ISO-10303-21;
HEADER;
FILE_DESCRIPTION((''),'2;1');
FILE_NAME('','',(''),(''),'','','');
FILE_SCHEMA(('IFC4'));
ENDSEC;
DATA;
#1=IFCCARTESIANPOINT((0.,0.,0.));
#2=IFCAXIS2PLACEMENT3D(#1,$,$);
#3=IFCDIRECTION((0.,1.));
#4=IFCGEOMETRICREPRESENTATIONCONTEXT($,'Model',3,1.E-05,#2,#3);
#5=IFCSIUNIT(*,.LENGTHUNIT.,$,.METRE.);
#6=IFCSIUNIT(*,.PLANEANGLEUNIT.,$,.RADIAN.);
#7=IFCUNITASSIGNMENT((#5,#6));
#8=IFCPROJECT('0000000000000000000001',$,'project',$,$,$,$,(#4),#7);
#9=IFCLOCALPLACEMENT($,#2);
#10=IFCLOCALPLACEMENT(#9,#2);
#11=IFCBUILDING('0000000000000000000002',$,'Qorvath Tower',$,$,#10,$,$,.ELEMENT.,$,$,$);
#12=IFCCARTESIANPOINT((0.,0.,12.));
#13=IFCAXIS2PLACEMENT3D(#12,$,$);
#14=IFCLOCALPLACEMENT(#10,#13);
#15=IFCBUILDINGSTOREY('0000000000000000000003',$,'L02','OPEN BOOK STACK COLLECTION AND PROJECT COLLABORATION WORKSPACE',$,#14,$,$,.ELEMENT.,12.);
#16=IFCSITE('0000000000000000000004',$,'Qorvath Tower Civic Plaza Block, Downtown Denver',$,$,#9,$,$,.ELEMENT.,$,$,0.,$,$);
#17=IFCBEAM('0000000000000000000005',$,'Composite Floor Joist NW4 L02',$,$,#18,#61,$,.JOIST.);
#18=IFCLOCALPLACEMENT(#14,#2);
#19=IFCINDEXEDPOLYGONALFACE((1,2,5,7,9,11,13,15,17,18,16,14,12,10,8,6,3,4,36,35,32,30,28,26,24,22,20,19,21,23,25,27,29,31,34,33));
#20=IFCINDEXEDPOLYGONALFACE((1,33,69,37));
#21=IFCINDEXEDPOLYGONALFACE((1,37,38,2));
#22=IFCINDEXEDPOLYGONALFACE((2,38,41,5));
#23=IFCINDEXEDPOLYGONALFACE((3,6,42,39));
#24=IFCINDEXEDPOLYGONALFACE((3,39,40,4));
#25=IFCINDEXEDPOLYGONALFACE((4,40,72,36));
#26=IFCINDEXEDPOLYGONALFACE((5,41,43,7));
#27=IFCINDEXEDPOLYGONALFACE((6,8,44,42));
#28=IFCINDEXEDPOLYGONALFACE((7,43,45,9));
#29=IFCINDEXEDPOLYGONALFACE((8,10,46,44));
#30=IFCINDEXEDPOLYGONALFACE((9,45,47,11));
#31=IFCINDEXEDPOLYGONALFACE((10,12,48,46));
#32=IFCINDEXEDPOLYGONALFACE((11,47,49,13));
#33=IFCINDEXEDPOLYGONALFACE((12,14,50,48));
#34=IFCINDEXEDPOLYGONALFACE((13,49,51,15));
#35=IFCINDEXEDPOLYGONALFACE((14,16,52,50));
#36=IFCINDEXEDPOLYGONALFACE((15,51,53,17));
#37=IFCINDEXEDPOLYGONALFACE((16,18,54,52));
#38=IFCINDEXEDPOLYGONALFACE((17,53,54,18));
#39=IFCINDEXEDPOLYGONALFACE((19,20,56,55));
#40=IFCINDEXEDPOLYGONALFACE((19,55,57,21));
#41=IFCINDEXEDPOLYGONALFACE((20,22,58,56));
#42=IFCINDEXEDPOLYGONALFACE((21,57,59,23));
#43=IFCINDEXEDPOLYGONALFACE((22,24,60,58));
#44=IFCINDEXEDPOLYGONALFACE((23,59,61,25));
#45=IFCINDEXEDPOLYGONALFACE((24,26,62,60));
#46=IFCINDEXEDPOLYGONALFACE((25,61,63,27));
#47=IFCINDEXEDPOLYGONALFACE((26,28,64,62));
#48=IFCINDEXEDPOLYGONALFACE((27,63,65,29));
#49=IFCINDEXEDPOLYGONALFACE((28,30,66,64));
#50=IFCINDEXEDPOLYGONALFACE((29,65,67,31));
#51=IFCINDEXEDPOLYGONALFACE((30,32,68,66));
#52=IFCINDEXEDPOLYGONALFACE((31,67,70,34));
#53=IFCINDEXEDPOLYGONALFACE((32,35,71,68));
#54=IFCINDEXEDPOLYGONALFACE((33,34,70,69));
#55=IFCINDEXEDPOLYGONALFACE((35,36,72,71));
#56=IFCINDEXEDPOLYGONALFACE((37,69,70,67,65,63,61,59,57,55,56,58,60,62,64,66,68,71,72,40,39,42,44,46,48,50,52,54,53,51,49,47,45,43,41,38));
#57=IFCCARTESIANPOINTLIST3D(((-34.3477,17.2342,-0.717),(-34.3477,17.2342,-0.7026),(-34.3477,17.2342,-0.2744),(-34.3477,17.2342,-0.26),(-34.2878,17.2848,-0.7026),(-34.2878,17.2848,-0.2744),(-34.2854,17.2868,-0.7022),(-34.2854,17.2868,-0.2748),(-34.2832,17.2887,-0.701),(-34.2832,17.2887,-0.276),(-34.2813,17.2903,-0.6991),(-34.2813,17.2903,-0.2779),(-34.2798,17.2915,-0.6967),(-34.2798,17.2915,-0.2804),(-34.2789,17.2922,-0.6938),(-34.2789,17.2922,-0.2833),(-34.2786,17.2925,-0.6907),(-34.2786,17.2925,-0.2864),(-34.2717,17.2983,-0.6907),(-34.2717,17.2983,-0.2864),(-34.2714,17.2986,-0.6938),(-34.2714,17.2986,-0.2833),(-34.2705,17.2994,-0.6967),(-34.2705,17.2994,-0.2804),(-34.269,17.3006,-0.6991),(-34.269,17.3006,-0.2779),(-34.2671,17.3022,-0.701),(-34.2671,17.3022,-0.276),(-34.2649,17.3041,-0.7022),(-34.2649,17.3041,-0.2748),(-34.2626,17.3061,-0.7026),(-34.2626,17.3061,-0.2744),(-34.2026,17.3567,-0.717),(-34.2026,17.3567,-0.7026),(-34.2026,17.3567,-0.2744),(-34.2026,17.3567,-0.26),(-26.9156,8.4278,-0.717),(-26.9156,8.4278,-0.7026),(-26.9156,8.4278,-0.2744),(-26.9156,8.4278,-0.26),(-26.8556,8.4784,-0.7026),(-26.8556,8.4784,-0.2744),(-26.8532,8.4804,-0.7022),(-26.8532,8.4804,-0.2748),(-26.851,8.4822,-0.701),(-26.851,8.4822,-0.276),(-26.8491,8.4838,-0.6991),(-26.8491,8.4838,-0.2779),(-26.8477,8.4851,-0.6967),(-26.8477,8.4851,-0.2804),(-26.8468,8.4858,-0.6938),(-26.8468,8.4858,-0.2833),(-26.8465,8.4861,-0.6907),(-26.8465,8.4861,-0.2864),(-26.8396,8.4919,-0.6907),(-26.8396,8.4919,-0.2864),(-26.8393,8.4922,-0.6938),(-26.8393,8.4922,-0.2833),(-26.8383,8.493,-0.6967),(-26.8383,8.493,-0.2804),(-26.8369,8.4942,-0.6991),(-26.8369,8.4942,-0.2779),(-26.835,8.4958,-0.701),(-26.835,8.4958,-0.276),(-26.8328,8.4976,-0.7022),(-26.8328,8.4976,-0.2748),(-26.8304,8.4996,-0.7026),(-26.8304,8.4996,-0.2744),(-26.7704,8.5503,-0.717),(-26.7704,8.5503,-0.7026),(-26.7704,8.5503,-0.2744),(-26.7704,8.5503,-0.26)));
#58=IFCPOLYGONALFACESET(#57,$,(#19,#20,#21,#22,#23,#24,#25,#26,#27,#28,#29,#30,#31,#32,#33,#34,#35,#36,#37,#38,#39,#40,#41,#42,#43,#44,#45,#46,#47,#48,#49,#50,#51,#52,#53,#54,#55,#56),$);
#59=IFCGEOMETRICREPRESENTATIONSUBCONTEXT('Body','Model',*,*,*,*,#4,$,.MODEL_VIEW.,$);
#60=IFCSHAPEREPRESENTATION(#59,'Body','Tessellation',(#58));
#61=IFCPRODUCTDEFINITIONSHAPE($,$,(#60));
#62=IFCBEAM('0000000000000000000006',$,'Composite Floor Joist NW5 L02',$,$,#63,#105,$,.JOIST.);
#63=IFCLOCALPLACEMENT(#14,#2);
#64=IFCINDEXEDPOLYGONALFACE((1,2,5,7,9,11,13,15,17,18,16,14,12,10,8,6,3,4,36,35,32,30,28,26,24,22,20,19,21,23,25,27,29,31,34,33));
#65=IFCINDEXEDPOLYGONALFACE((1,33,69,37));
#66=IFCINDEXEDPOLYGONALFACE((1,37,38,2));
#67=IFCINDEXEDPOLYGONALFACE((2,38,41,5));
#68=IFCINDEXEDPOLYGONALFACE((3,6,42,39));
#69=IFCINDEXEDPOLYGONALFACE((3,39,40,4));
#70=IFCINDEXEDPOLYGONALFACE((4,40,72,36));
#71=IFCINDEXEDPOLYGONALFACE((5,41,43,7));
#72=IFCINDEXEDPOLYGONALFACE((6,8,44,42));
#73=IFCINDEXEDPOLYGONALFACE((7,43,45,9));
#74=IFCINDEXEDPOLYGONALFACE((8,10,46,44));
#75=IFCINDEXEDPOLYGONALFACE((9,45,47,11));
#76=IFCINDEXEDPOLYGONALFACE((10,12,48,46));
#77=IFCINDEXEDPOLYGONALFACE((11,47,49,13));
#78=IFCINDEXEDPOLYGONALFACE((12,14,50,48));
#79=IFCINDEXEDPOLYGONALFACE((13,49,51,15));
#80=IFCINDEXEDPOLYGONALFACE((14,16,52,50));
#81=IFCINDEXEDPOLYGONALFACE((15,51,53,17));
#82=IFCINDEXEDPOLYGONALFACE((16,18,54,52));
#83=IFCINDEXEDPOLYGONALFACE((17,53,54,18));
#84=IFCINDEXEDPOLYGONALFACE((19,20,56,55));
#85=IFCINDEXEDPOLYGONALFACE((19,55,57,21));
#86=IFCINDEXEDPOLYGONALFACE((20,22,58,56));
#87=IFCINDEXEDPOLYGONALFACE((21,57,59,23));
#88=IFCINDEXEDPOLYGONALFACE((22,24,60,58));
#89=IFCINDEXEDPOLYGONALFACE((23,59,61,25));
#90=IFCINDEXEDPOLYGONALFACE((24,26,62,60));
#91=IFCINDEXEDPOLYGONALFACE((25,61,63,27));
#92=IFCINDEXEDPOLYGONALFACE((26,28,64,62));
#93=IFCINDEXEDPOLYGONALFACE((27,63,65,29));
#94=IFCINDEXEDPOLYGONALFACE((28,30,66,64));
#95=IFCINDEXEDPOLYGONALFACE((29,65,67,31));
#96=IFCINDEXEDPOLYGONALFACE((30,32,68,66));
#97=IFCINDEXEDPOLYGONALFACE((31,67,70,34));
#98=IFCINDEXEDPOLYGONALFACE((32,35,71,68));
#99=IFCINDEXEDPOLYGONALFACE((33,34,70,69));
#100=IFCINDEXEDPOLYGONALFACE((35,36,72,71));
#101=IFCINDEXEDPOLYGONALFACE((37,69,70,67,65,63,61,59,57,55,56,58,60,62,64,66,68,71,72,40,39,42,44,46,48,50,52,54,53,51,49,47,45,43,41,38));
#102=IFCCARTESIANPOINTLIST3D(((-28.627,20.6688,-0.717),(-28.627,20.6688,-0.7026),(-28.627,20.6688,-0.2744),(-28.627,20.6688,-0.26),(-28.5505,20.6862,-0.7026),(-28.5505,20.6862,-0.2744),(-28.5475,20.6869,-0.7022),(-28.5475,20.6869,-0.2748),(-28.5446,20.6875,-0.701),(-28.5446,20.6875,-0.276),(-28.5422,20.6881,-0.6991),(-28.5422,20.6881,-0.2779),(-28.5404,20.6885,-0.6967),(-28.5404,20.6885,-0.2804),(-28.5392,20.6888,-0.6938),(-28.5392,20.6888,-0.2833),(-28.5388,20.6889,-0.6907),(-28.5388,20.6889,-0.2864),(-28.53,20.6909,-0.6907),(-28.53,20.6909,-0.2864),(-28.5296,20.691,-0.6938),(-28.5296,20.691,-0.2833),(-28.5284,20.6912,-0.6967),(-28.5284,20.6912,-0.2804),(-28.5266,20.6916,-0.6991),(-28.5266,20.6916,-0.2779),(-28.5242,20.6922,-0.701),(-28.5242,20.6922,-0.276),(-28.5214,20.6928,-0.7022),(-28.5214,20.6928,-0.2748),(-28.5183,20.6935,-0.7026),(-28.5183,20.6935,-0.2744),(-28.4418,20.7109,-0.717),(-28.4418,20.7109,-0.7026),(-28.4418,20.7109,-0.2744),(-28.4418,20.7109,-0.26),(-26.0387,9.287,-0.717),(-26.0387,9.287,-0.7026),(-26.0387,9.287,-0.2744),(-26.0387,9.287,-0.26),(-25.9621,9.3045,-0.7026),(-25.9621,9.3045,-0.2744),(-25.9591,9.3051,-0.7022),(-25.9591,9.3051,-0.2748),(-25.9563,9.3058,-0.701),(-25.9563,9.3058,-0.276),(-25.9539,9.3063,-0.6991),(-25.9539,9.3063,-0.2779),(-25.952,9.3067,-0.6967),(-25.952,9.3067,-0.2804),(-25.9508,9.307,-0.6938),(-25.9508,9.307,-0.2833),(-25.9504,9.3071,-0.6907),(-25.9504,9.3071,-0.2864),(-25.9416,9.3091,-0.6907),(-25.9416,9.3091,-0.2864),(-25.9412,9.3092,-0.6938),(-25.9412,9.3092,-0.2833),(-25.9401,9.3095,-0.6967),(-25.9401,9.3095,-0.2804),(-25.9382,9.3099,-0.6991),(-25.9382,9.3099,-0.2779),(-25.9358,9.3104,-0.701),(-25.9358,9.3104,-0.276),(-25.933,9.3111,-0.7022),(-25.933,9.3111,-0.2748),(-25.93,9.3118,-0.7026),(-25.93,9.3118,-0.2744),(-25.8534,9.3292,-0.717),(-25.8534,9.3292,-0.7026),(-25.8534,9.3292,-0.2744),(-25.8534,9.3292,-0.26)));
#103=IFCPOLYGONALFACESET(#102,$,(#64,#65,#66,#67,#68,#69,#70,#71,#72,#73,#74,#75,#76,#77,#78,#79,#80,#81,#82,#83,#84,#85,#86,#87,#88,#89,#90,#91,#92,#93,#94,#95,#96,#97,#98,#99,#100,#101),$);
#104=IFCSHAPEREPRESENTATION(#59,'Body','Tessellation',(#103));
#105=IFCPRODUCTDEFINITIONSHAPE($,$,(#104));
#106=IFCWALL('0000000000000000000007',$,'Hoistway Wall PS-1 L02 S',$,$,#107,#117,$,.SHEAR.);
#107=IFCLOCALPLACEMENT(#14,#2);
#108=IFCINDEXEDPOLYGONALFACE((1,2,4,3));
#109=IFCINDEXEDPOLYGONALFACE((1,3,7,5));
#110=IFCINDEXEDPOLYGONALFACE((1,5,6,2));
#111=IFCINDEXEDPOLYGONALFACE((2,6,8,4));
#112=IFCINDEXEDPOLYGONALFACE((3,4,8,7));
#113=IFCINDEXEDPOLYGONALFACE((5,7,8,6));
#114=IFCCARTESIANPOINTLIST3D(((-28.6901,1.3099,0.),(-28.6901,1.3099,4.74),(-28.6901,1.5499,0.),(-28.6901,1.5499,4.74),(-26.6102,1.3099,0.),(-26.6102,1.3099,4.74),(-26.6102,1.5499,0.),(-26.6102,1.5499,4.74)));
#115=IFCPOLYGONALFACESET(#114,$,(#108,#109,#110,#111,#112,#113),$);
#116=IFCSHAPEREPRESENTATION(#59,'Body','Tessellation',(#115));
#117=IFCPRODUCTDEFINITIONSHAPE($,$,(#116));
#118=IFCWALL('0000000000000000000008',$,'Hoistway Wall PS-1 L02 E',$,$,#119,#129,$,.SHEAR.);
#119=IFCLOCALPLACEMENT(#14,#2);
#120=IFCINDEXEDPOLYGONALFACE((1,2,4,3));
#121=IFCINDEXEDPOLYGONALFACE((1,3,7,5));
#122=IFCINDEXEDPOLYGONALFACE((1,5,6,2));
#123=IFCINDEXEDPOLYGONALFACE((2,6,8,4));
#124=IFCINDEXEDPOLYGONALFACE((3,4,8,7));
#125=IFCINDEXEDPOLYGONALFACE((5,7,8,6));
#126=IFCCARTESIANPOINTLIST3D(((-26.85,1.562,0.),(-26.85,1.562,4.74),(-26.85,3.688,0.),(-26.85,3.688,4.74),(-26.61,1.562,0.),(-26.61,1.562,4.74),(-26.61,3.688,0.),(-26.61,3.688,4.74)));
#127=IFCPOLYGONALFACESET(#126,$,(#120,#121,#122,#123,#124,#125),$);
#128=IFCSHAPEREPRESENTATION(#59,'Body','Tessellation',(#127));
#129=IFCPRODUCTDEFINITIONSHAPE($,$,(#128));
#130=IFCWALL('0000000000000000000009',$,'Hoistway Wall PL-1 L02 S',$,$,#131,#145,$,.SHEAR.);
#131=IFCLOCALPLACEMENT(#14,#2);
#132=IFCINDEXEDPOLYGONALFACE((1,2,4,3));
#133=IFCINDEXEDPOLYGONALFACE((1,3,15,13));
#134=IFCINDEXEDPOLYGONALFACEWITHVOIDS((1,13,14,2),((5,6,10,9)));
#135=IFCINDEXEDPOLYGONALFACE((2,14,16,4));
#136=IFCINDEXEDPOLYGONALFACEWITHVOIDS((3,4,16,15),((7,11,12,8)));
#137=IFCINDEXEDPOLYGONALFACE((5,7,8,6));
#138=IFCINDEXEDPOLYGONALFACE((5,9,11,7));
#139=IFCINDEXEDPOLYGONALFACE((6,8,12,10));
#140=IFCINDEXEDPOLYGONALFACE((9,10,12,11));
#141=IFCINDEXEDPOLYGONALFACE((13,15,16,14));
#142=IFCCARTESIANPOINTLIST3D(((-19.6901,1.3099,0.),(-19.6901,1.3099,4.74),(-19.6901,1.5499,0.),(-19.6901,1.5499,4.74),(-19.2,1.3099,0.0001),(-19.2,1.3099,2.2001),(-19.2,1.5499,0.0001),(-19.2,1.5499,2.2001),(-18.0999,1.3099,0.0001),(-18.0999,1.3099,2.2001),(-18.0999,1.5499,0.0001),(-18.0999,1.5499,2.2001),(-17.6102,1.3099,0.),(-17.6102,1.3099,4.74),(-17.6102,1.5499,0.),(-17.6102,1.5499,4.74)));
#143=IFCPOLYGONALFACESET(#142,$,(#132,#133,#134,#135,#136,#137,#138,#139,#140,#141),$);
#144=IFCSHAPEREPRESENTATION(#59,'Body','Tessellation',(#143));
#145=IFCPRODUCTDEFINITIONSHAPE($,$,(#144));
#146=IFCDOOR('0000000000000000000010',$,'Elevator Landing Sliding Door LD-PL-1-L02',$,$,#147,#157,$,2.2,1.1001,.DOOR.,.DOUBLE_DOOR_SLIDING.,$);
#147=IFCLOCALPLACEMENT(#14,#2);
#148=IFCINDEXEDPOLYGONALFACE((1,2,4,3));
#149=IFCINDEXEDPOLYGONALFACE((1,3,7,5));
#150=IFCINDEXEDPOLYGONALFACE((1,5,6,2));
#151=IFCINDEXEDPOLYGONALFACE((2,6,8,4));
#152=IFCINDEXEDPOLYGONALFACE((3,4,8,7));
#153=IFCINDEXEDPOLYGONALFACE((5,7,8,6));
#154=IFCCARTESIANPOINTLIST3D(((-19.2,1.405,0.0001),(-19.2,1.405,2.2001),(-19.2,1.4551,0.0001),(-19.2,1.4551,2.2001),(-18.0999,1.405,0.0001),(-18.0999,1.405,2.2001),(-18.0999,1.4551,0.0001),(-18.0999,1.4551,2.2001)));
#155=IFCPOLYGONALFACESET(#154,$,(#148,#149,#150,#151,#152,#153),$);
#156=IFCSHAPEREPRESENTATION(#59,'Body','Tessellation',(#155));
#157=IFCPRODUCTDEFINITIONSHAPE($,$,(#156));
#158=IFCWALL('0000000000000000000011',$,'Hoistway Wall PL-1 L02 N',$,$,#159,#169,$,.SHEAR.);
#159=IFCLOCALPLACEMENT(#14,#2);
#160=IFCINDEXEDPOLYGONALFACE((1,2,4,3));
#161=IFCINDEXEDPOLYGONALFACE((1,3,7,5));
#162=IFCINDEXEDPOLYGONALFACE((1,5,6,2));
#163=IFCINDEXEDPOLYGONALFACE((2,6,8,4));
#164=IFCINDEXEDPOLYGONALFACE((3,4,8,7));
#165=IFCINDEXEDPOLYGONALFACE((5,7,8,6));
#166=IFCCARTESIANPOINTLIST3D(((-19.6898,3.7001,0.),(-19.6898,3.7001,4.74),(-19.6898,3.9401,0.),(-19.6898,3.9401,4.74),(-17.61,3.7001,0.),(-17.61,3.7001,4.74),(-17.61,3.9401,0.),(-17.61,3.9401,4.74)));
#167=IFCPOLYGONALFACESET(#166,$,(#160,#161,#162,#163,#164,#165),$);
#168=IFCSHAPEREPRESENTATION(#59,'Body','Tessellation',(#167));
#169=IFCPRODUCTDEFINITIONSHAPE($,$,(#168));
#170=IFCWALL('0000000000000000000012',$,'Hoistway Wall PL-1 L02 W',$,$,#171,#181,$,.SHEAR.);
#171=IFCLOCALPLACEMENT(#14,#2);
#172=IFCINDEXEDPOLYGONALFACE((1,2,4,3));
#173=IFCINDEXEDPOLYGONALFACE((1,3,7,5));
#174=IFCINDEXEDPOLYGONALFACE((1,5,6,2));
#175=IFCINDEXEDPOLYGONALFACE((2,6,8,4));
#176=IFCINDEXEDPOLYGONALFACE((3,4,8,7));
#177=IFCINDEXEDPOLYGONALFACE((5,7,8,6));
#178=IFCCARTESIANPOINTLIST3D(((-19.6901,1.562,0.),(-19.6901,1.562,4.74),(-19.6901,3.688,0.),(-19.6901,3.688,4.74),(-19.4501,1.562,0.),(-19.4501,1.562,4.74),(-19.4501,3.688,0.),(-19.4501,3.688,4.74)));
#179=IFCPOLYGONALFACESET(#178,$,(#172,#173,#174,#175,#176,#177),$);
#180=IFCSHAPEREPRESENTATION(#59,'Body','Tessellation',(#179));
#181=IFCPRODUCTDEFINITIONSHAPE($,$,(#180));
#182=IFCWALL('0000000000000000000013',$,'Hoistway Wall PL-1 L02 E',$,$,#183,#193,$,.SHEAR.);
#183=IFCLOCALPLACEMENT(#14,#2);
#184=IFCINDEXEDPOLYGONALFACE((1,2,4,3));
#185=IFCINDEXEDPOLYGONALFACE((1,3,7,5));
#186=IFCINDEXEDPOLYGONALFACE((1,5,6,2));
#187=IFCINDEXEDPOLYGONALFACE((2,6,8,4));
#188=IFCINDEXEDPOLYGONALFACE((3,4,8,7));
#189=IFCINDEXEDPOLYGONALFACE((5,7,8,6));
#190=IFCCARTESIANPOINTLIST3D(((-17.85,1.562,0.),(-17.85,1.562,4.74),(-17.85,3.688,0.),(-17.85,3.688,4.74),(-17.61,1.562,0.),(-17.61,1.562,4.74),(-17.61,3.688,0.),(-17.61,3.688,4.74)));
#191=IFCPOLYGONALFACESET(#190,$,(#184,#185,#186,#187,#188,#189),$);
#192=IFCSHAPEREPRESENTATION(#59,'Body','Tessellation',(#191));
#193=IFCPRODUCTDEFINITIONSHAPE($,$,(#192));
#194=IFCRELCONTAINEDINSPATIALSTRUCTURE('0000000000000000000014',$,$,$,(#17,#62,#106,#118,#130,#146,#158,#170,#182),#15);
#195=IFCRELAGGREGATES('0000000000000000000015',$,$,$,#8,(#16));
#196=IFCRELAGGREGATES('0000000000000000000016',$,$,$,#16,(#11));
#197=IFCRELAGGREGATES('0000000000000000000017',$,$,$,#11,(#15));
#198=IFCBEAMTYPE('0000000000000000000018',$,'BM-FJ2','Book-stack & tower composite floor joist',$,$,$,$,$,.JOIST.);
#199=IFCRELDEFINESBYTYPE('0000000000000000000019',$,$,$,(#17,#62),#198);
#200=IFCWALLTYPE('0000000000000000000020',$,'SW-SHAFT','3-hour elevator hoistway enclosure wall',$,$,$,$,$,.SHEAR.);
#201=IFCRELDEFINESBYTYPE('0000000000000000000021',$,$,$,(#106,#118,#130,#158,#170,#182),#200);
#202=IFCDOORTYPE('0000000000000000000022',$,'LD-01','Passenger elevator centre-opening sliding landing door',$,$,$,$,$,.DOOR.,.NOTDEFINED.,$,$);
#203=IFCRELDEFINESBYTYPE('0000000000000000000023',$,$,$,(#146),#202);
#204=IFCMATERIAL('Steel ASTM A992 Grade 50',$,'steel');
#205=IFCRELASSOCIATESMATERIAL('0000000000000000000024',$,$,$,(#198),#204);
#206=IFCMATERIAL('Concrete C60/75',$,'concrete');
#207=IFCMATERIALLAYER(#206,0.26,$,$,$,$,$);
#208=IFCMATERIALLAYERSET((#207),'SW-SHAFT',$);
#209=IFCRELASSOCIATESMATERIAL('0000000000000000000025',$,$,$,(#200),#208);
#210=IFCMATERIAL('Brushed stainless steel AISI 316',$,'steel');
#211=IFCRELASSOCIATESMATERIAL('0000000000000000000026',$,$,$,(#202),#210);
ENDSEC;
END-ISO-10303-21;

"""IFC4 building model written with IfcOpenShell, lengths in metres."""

from ifc_helpers import new_model, si_unit, direction, frame, frame_2d, origin, origin_2d, place, context, subcontext, project, spatial, rectangle, i_section, extrude, material, layer, layer_set, material_profile, profile_set, type_object, element, fill, save


model = new_model("IFC4")

# Units and contexts
model_context = context("Model", 3, precision=1e-05, world=origin(), true_north=direction((0.0, 1.0)))
body_context = subcontext(model_context, "Body", "Model", "MODEL_VIEW")
ifc_project = project(units=[si_unit("LENGTHUNIT", "METRE"), si_unit("PLANEANGLEUNIT", "RADIAN")], contexts=[model_context])

# Site, building, storey
site_placement = place(None, origin())
site = spatial("IfcSite", under=ifc_project, at=site_placement, Name="Qorvath Tower Civic Plaza Block, Downtown Denver", CompositionType="ELEMENT", RefElevation=0.0)
building_placement = place(site_placement, origin())
building = spatial("IfcBuilding", under=site, at=building_placement, Name="Qorvath Tower", CompositionType="ELEMENT")
storey_placement = place(building_placement, frame((0.0, 0.0, 12.0)))
storey = spatial("IfcBuildingStorey", under=building, at=storey_placement, Name="L02", Description="OPEN BOOK STACK COLLECTION AND PROJECT COLLABORATION WORKSPACE", CompositionType="ELEMENT", Elevation=12.0)

# Beams
ifc_material_1 = material(Name="Steel ASTM A992 Grade 50", Category="steel")
ifc_material_profile = material_profile(ifc_material_1, i_section(OverallWidth=0.1899, OverallDepth=0.457, WebThickness=0.009, FlangeThickness=0.0144, FilletRadius=0.012, at=origin_2d()), Name="W18x50")
ifc_profile_set = profile_set([ifc_material_profile], Name="Steel ASTM A992 Grade 50")
beam_type = type_object("IfcBeamType", Name="BM-FJ2", Description="Book-stack & tower composite floor joist", PredefinedType="JOIST", material=ifc_profile_set)
beam_1_placement = place(storey_placement, frame((-26.843, 8.489, -0.4885), z_axis=(-0.644959, 0.764217, 0.0), x_axis=(-0.764217, -0.644959, 0.0)))
element("IfcBeam", 1, at=beam_1_placement, inside=storey, type_object=beam_type, Name="Composite Floor Joist NW4 L02", PredefinedType="JOIST", context=body_context, shape_type="SweptSolid", body=[
    extrude(i_section(OverallWidth=0.1899, OverallDepth=0.457, WebThickness=0.009, FlangeThickness=0.0144, FilletRadius=0.012, at=origin_2d()), origin(), (0.0, 0.0, 1.0), 11.5234),
])
beam_2_placement = place(storey_placement, frame((-25.946, 9.3081, -0.4885), z_axis=(-0.221751, 0.975103, 0.0), x_axis=(-0.975103, -0.221751, 0.0)))
element("IfcBeam", 2, at=beam_2_placement, inside=storey, type_object=beam_type, Name="Composite Floor Joist NW5 L02", PredefinedType="JOIST", context=body_context, shape_type="SweptSolid", body=[
    extrude(i_section(OverallWidth=0.1899, OverallDepth=0.457, WebThickness=0.009, FlangeThickness=0.0144, FilletRadius=0.012, at=origin_2d()), origin(), (0.0, 0.0, 1.0), 11.6724),
])

# Walls
ifc_material_2 = material(Name="Concrete C60/75", Category="concrete")
ifc_layer_1 = layer(ifc_material_2, 0.26)
ifc_layer_set_1 = layer_set([ifc_layer_1], Name="SW-SHAFT")
wall_type_1 = type_object("IfcWallType", Name="SW-SHAFT", Description="3-hour elevator hoistway enclosure wall", PredefinedType="SHEAR", material=ifc_layer_set_1)
wall_1_placement = place(storey_placement, frame((-26.6101, 1.4299, 0.0), z_axis=(0.0, 0.0, 1.0), x_axis=(-1.0, 0.0, 0.0)))
element("IfcWall", 3, at=wall_1_placement, inside=storey, type_object=wall_type_1, Name="Hoistway Wall PS-1 L02 S", PredefinedType="SHEAR", context=body_context, shape_type="SweptSolid", body=[
    extrude(rectangle(XDim=2.0798, YDim=0.24, at=frame_2d((1.04, 0.0))), origin(), (0.0, 0.0, 1.0), 4.74),
])
wall_2_placement = place(storey_placement, frame((-26.73, 3.688, 0.0), z_axis=(0.0, 0.0, 1.0), x_axis=(0.0, -1.0, 0.0)))
element("IfcWall", 4, at=wall_2_placement, inside=storey, type_object=wall_type_1, Name="Hoistway Wall PS-1 L02 E", PredefinedType="SHEAR", context=body_context, shape_type="SweptSolid", body=[
    extrude(rectangle(XDim=2.126, YDim=0.24, at=frame_2d((1.063, 0.0))), origin(), (0.0, 0.0, 1.0), 4.74),
])

# Wall, opening, door
wall_3_placement = place(storey_placement, frame((-17.6101, 1.4299, 0.0), z_axis=(0.0, 0.0, 1.0), x_axis=(-1.0, 0.0, 0.0)))
wall_3 = element("IfcWall", 5, at=wall_3_placement, inside=storey, type_object=wall_type_1, Name="Hoistway Wall PL-1 L02 S", PredefinedType="SHEAR", context=body_context, shape_type="SweptSolid", body=[
    extrude(rectangle(XDim=2.0798, YDim=0.24, at=frame_2d((1.04, 0.0))), origin(), (0.0, 0.0, 1.0), 4.74),
])
opening_1_placement = place(wall_3_placement, frame((0.4897, 0.0, 0.0)))
opening_1 = element("IfcOpeningElement", 6, at=opening_1_placement, cuts=wall_3, PredefinedType="OPENING", context=body_context, shape_type="SweptSolid", body=[
    extrude(rectangle(XDim=1.1001, YDim=2.2, at=frame_2d((0.55, 1.1001))), frame((0.0, 0.1299, 0.0), z_axis=(0.0, -1.0, 0.0), x_axis=(1.0, 0.0, 0.0)), (0.0, 0.0, 1.0), 0.26),
])
ifc_material_3 = material(Name="Brushed stainless steel AISI 316", Category="steel")
door_type_1 = type_object("IfcDoorType", Name="LD-01", Description="Passenger elevator centre-opening sliding landing door", OperationType="NOTDEFINED", PredefinedType="DOOR", material=ifc_material_3)
door_1_placement = place(opening_1_placement, origin())
door_1 = element("IfcDoor", 7, at=door_1_placement, inside=storey, type_object=door_type_1, Name="Elevator Landing Sliding Door LD-PL-1-L02", OperationType="DOUBLE_DOOR_SLIDING", OverallHeight=2.2, OverallWidth=1.1001, PredefinedType="DOOR", context=body_context, shape_type="SweptSolid", body=[
    extrude(rectangle(XDim=1.1001, YDim=2.2, at=frame_2d((0.55, 1.1001))), frame((0.0, 0.0249, 0.0), z_axis=(0.0, -1.0, 0.0), x_axis=(1.0, 0.0, 0.0)), (0.0, 0.0, 1.0), 0.05),
])
fill(opening_1, door_1)

# Walls
wall_4_placement = place(storey_placement, frame((-19.6899, 3.8201, 0.0), z_axis=(0.0, 0.0, 1.0), x_axis=(1.0, 0.0, 0.0)))
element("IfcWall", 8, at=wall_4_placement, inside=storey, type_object=wall_type_1, Name="Hoistway Wall PL-1 L02 N", PredefinedType="SHEAR", context=body_context, shape_type="SweptSolid", body=[
    extrude(rectangle(XDim=2.0798, YDim=0.24, at=frame_2d((1.04, 0.0))), origin(), (0.0, 0.0, 1.0), 4.74),
])
for number, where, z_axis, x_axis, name in (
    (9, (-19.5701, 1.562, 0.0), (0.0, 0.0, 1.0), (0.0, 1.0, 0.0), "Hoistway Wall PL-1 L02 W"),
    (10, (-17.73, 3.688, 0.0), (0.0, 0.0, 1.0), (0.0, -1.0, 0.0), "Hoistway Wall PL-1 L02 E"),
):
    element("IfcWall", number, at=place(storey_placement, frame(where, z_axis=z_axis, x_axis=x_axis)), inside=storey, type_object=wall_type_1, Name=name, PredefinedType="SHEAR", context=body_context, shape_type="SweptSolid", body=[
        extrude(rectangle(XDim=2.126, YDim=0.24, at=frame_2d((1.063, 0.0))), origin(), (0.0, 0.0, 1.0), 4.74),
    ])

save(model, "model.ifc")
